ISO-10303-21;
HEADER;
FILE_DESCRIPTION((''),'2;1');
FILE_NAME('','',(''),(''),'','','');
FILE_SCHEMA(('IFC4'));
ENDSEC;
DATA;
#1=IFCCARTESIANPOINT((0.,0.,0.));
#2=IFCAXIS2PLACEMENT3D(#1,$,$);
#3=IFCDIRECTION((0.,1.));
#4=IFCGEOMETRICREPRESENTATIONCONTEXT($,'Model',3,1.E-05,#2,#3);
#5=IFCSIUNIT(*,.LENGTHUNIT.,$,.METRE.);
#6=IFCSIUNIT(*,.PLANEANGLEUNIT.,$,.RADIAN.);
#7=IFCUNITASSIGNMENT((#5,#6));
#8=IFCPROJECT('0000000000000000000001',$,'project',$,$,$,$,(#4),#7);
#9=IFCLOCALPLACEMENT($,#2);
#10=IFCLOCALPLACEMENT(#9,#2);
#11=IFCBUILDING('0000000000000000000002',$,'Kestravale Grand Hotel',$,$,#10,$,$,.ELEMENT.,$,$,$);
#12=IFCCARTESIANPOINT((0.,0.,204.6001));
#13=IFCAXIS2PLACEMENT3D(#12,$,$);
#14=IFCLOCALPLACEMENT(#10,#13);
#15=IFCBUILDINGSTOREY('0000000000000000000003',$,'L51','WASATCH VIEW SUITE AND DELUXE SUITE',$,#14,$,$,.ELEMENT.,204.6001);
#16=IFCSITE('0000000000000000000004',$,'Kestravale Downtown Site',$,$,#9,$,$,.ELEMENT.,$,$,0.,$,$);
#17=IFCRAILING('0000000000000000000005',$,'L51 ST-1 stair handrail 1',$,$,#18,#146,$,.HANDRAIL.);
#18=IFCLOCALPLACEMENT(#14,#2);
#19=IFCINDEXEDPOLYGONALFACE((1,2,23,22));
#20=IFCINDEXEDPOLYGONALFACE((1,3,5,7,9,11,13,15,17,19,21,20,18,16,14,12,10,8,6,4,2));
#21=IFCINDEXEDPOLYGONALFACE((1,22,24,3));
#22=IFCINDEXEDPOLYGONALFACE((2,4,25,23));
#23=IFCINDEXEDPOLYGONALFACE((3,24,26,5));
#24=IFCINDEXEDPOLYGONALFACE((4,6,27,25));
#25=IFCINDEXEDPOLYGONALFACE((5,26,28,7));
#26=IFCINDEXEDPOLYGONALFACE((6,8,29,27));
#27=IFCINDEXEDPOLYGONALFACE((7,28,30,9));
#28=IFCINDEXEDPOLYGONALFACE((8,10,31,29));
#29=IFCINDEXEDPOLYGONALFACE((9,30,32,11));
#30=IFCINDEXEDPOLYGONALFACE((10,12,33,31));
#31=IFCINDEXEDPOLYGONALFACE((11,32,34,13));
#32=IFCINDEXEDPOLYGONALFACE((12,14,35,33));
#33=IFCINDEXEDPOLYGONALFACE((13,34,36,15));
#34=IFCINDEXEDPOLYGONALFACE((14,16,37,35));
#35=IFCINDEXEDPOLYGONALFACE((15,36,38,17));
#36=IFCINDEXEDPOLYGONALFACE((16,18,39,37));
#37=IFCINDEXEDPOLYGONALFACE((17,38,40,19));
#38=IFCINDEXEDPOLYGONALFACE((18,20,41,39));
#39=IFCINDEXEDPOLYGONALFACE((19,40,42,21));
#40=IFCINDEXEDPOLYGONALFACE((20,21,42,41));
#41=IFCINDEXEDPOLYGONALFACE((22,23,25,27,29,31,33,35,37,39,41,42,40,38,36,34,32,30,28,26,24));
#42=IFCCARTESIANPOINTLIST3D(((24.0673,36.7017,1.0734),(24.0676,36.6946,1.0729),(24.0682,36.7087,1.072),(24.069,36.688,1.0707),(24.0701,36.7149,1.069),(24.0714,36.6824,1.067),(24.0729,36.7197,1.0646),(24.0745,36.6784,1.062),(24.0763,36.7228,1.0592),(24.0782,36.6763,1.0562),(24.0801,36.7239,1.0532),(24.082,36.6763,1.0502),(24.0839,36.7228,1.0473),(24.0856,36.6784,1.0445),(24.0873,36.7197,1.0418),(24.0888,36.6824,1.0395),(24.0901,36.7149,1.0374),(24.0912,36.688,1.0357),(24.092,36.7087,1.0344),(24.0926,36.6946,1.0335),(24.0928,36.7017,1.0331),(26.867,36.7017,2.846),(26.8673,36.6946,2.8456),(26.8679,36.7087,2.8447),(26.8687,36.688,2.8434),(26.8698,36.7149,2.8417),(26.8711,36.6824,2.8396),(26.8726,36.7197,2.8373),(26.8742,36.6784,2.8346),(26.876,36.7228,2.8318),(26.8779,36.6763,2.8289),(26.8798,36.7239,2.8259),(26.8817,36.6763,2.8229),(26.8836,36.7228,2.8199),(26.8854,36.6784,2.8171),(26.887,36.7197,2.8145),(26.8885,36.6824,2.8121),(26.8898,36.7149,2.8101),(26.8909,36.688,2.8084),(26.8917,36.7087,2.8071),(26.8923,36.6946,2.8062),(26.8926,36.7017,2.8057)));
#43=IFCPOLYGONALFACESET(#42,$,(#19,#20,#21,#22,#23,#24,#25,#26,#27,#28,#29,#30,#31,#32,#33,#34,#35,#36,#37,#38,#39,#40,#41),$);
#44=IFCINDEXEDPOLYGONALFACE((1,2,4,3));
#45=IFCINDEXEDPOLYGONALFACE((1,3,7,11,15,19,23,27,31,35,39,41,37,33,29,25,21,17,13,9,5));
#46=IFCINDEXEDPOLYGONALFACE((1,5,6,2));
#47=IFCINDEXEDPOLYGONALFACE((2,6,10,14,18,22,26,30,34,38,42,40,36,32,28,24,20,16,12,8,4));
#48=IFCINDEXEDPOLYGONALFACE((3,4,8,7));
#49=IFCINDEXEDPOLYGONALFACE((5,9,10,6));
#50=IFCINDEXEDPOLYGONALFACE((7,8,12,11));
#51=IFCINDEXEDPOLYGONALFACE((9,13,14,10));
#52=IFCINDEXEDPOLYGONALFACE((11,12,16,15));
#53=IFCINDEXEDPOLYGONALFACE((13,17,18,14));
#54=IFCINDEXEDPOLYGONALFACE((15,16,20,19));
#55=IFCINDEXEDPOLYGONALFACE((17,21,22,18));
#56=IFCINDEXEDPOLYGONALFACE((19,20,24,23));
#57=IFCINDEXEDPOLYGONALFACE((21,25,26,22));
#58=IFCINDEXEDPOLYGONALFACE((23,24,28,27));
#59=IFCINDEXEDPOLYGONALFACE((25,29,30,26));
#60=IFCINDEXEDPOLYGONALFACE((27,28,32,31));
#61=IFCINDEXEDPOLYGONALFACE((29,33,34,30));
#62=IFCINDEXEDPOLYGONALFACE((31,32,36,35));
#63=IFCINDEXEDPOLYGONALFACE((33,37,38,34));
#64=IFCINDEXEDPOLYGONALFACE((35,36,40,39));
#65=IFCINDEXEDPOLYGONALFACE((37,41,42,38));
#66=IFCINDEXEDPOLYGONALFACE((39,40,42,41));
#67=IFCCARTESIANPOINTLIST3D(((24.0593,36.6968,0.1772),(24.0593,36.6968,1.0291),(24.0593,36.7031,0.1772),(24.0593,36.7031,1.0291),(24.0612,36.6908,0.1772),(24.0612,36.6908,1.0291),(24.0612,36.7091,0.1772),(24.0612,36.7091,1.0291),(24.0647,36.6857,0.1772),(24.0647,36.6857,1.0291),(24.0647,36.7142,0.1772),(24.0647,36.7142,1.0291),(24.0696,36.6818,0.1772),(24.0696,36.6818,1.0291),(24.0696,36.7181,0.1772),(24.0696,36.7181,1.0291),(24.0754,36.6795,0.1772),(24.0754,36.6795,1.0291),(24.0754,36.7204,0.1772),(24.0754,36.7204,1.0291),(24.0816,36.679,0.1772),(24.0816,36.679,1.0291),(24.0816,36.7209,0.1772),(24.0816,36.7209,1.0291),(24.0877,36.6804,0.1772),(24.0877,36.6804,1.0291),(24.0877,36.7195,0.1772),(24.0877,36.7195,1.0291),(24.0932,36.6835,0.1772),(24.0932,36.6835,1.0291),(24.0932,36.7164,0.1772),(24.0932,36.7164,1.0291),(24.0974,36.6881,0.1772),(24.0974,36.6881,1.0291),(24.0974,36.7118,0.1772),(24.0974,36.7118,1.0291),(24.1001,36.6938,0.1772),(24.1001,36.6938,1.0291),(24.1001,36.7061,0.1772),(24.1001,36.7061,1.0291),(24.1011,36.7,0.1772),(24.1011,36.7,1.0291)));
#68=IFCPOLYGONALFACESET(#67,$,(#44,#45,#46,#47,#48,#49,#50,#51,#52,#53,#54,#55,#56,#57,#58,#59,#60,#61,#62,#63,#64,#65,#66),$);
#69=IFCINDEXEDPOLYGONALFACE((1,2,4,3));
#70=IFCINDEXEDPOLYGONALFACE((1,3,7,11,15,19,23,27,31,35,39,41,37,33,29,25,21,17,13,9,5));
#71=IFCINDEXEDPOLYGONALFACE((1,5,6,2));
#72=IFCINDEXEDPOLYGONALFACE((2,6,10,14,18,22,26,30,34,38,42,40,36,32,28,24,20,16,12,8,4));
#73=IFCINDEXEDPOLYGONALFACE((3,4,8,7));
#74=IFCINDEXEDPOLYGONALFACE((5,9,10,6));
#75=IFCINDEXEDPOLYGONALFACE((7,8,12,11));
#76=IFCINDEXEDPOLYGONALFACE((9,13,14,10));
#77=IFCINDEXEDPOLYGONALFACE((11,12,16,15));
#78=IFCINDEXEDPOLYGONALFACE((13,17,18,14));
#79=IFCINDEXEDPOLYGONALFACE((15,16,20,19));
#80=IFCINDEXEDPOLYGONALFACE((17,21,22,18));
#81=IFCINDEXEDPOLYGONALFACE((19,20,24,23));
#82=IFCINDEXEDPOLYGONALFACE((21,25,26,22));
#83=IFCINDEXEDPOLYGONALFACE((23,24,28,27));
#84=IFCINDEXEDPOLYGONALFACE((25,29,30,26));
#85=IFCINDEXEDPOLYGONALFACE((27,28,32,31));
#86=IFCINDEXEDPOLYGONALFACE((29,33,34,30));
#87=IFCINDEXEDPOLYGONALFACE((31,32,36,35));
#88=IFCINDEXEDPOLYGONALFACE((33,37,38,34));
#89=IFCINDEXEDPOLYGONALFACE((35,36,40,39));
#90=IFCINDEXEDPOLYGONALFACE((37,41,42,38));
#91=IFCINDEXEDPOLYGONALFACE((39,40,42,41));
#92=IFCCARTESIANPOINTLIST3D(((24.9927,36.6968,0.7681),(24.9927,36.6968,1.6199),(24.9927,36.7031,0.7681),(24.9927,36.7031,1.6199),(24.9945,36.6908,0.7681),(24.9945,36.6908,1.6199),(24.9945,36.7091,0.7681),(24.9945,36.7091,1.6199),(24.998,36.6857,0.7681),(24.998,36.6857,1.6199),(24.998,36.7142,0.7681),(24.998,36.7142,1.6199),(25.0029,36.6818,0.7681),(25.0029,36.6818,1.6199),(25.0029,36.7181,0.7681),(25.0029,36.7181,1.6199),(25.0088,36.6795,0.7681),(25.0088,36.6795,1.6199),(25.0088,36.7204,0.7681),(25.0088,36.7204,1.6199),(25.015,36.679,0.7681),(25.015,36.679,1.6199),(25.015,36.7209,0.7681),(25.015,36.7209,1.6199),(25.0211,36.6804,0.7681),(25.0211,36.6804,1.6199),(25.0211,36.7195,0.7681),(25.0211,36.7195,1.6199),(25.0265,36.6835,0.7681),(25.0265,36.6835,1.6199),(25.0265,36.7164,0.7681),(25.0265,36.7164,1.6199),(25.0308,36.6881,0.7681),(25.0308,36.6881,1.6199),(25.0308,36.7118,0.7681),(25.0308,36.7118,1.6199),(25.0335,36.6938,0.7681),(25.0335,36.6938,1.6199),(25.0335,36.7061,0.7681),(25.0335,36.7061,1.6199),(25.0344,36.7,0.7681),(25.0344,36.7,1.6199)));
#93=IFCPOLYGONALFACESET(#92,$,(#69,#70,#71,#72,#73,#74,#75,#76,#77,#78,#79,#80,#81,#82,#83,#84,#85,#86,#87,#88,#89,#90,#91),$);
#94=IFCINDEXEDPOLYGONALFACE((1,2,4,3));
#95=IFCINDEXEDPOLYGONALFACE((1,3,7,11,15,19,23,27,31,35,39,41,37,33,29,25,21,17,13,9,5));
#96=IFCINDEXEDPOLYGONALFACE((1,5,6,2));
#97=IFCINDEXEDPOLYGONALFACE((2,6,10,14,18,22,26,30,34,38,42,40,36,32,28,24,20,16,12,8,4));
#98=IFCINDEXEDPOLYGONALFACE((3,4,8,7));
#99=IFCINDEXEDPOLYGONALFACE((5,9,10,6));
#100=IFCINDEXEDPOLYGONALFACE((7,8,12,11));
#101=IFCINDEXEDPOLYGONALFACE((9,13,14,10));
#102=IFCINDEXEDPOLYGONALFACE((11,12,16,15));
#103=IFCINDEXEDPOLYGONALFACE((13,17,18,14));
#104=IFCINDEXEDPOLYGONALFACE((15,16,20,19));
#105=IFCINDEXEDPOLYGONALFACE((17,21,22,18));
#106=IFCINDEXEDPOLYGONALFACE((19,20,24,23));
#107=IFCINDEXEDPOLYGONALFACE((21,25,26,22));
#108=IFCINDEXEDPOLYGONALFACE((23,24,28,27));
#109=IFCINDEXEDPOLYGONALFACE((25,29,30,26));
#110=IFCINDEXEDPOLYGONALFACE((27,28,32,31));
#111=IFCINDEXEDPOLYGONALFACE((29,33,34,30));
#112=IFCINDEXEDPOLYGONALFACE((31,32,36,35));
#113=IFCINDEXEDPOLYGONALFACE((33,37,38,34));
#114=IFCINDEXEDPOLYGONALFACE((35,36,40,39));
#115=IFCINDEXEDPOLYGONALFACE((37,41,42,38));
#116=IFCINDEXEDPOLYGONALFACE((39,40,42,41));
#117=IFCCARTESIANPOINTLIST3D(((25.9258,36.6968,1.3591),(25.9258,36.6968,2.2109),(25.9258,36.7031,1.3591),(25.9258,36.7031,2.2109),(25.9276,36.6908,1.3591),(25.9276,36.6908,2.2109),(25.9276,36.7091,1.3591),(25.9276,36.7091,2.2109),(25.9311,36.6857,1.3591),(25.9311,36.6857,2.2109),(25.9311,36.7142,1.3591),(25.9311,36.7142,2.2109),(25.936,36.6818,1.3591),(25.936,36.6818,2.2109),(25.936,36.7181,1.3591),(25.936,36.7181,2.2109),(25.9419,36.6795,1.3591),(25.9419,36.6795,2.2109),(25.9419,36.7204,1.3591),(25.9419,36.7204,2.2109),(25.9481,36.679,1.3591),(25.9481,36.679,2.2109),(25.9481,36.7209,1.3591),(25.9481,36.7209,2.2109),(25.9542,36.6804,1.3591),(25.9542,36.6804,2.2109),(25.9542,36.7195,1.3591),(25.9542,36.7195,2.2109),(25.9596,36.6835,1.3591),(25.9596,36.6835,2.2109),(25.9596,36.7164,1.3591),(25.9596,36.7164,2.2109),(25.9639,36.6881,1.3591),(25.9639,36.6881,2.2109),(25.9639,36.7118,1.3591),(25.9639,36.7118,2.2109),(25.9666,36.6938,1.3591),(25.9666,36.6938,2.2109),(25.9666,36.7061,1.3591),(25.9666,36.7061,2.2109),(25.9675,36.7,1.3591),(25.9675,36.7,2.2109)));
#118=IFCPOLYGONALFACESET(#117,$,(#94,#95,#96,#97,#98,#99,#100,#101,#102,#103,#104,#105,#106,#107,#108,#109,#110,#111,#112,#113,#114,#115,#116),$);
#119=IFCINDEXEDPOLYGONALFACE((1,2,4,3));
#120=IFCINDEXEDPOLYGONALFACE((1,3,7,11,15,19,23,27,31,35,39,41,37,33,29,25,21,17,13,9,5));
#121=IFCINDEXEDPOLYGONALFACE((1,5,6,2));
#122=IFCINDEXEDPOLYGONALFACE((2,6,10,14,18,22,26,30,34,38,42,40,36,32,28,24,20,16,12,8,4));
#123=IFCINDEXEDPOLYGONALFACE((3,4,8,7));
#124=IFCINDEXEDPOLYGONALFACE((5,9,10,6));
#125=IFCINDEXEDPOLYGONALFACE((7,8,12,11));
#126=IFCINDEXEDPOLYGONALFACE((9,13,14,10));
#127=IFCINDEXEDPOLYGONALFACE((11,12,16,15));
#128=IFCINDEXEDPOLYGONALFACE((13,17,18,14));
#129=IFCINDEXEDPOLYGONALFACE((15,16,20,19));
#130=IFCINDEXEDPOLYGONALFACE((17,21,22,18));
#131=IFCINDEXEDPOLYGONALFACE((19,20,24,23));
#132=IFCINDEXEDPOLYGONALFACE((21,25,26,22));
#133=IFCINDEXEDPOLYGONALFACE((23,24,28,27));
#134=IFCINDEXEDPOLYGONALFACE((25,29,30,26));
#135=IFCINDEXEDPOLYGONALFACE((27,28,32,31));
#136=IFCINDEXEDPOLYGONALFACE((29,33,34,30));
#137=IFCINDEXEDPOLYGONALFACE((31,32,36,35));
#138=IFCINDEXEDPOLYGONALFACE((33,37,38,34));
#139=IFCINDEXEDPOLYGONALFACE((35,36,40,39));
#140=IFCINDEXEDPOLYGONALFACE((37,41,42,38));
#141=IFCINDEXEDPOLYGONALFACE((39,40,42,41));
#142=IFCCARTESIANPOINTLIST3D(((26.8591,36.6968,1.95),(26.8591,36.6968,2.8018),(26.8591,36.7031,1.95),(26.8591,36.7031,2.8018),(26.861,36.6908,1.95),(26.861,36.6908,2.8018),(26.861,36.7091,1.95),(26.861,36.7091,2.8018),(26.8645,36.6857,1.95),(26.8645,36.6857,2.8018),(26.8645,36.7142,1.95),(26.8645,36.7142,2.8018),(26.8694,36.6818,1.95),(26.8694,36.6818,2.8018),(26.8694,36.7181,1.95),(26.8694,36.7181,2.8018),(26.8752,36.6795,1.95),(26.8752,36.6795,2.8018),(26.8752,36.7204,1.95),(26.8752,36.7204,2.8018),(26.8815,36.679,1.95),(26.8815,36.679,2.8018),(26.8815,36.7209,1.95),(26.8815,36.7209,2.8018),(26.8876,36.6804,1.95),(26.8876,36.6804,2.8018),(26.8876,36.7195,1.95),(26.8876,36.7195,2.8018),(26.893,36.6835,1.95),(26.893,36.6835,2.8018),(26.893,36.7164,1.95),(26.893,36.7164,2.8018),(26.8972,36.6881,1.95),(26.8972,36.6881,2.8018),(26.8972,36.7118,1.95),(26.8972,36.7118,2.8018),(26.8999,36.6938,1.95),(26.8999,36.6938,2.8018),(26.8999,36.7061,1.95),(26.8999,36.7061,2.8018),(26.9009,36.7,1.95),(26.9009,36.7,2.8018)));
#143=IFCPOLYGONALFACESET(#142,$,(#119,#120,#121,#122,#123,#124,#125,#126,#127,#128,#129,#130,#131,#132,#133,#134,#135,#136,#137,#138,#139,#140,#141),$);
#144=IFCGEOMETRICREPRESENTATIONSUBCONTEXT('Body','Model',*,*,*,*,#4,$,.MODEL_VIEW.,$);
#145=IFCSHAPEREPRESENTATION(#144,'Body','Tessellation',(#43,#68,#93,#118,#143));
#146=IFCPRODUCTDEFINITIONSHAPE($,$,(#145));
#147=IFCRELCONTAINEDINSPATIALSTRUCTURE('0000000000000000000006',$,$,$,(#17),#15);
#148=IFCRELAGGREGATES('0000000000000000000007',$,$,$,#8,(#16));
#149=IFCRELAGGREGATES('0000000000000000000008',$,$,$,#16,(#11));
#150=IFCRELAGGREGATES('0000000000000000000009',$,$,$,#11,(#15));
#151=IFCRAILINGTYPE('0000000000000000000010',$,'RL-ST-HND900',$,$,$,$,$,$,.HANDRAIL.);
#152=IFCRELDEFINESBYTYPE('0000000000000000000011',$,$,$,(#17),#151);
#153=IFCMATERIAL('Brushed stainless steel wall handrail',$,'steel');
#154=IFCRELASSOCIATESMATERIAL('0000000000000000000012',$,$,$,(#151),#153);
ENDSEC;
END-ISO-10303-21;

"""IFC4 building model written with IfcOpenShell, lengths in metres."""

from ifc_helpers import new_model, si_unit, direction, frame, origin, origin_2d, place, context, subcontext, project, spatial, circle, extrude, material, type_object, element, save


model = new_model("IFC4")

# Units and contexts
model_context = context("Model", 3, precision=1e-05, world=origin(), true_north=direction((0.0, 1.0)))
body_context = subcontext(model_context, "Body", "Model", "MODEL_VIEW")
ifc_project = project(units=[si_unit("LENGTHUNIT", "METRE"), si_unit("PLANEANGLEUNIT", "RADIAN")], contexts=[model_context])

# Site, building, storey
site_placement = place(None, origin())
site = spatial("IfcSite", under=ifc_project, at=site_placement, Name="Kestravale Downtown Site", CompositionType="ELEMENT", RefElevation=0.0)
building_placement = place(site_placement, origin())
building = spatial("IfcBuilding", under=site, at=building_placement, Name="Kestravale Grand Hotel", CompositionType="ELEMENT")
storey_placement = place(building_placement, frame((0.0, 0.0, 204.6001)))
storey = spatial("IfcBuildingStorey", under=building, at=storey_placement, Name="L51", Description="WASATCH VIEW SUITE AND DELUXE SUITE", CompositionType="ELEMENT", Elevation=204.6001)

# Railing
ifc_material_1 = material(Name="Brushed stainless steel wall handrail", Category="steel")
railing_type_1 = type_object("IfcRailingType", Name="RL-ST-HND900", PredefinedType="HANDRAIL", material=ifc_material_1)
railing_1_placement = place(storey_placement, frame((24.0801, 36.7, 0.1772)))
element("IfcRailing", 1, at=railing_1_placement, inside=storey, type_object=railing_type_1, Name="L51 ST-1 stair handrail 1", PredefinedType="HANDRAIL", context=body_context, shape_type="SweptSolid", body=[
    extrude(circle(Radius=0.0239, at=origin_2d()), frame((0.0, 0.0, 0.876), z_axis=(0.844888, 0.0, 0.534943), x_axis=(0.0, 1.0, 0.0)), (0.0, 0.0, 1.0), 3.3137),
    extrude(circle(Radius=0.021, at=origin_2d()), origin(), (0.0, 0.0, 1.0), 0.8518),
    extrude(circle(Radius=0.021, at=origin_2d()), frame((0.9333, 0.0, 0.5908)), (0.0, 0.0, 1.0), 0.8518),
    extrude(circle(Radius=0.021, at=origin_2d()), frame((1.8665, 0.0, 1.1819)), (0.0, 0.0, 1.0), 0.8518),
    extrude(circle(Radius=0.021, at=origin_2d()), frame((2.7998, 0.0, 1.7727)), (0.0, 0.0, 1.0), 0.8518),
])

save(model, "model.ifc")
